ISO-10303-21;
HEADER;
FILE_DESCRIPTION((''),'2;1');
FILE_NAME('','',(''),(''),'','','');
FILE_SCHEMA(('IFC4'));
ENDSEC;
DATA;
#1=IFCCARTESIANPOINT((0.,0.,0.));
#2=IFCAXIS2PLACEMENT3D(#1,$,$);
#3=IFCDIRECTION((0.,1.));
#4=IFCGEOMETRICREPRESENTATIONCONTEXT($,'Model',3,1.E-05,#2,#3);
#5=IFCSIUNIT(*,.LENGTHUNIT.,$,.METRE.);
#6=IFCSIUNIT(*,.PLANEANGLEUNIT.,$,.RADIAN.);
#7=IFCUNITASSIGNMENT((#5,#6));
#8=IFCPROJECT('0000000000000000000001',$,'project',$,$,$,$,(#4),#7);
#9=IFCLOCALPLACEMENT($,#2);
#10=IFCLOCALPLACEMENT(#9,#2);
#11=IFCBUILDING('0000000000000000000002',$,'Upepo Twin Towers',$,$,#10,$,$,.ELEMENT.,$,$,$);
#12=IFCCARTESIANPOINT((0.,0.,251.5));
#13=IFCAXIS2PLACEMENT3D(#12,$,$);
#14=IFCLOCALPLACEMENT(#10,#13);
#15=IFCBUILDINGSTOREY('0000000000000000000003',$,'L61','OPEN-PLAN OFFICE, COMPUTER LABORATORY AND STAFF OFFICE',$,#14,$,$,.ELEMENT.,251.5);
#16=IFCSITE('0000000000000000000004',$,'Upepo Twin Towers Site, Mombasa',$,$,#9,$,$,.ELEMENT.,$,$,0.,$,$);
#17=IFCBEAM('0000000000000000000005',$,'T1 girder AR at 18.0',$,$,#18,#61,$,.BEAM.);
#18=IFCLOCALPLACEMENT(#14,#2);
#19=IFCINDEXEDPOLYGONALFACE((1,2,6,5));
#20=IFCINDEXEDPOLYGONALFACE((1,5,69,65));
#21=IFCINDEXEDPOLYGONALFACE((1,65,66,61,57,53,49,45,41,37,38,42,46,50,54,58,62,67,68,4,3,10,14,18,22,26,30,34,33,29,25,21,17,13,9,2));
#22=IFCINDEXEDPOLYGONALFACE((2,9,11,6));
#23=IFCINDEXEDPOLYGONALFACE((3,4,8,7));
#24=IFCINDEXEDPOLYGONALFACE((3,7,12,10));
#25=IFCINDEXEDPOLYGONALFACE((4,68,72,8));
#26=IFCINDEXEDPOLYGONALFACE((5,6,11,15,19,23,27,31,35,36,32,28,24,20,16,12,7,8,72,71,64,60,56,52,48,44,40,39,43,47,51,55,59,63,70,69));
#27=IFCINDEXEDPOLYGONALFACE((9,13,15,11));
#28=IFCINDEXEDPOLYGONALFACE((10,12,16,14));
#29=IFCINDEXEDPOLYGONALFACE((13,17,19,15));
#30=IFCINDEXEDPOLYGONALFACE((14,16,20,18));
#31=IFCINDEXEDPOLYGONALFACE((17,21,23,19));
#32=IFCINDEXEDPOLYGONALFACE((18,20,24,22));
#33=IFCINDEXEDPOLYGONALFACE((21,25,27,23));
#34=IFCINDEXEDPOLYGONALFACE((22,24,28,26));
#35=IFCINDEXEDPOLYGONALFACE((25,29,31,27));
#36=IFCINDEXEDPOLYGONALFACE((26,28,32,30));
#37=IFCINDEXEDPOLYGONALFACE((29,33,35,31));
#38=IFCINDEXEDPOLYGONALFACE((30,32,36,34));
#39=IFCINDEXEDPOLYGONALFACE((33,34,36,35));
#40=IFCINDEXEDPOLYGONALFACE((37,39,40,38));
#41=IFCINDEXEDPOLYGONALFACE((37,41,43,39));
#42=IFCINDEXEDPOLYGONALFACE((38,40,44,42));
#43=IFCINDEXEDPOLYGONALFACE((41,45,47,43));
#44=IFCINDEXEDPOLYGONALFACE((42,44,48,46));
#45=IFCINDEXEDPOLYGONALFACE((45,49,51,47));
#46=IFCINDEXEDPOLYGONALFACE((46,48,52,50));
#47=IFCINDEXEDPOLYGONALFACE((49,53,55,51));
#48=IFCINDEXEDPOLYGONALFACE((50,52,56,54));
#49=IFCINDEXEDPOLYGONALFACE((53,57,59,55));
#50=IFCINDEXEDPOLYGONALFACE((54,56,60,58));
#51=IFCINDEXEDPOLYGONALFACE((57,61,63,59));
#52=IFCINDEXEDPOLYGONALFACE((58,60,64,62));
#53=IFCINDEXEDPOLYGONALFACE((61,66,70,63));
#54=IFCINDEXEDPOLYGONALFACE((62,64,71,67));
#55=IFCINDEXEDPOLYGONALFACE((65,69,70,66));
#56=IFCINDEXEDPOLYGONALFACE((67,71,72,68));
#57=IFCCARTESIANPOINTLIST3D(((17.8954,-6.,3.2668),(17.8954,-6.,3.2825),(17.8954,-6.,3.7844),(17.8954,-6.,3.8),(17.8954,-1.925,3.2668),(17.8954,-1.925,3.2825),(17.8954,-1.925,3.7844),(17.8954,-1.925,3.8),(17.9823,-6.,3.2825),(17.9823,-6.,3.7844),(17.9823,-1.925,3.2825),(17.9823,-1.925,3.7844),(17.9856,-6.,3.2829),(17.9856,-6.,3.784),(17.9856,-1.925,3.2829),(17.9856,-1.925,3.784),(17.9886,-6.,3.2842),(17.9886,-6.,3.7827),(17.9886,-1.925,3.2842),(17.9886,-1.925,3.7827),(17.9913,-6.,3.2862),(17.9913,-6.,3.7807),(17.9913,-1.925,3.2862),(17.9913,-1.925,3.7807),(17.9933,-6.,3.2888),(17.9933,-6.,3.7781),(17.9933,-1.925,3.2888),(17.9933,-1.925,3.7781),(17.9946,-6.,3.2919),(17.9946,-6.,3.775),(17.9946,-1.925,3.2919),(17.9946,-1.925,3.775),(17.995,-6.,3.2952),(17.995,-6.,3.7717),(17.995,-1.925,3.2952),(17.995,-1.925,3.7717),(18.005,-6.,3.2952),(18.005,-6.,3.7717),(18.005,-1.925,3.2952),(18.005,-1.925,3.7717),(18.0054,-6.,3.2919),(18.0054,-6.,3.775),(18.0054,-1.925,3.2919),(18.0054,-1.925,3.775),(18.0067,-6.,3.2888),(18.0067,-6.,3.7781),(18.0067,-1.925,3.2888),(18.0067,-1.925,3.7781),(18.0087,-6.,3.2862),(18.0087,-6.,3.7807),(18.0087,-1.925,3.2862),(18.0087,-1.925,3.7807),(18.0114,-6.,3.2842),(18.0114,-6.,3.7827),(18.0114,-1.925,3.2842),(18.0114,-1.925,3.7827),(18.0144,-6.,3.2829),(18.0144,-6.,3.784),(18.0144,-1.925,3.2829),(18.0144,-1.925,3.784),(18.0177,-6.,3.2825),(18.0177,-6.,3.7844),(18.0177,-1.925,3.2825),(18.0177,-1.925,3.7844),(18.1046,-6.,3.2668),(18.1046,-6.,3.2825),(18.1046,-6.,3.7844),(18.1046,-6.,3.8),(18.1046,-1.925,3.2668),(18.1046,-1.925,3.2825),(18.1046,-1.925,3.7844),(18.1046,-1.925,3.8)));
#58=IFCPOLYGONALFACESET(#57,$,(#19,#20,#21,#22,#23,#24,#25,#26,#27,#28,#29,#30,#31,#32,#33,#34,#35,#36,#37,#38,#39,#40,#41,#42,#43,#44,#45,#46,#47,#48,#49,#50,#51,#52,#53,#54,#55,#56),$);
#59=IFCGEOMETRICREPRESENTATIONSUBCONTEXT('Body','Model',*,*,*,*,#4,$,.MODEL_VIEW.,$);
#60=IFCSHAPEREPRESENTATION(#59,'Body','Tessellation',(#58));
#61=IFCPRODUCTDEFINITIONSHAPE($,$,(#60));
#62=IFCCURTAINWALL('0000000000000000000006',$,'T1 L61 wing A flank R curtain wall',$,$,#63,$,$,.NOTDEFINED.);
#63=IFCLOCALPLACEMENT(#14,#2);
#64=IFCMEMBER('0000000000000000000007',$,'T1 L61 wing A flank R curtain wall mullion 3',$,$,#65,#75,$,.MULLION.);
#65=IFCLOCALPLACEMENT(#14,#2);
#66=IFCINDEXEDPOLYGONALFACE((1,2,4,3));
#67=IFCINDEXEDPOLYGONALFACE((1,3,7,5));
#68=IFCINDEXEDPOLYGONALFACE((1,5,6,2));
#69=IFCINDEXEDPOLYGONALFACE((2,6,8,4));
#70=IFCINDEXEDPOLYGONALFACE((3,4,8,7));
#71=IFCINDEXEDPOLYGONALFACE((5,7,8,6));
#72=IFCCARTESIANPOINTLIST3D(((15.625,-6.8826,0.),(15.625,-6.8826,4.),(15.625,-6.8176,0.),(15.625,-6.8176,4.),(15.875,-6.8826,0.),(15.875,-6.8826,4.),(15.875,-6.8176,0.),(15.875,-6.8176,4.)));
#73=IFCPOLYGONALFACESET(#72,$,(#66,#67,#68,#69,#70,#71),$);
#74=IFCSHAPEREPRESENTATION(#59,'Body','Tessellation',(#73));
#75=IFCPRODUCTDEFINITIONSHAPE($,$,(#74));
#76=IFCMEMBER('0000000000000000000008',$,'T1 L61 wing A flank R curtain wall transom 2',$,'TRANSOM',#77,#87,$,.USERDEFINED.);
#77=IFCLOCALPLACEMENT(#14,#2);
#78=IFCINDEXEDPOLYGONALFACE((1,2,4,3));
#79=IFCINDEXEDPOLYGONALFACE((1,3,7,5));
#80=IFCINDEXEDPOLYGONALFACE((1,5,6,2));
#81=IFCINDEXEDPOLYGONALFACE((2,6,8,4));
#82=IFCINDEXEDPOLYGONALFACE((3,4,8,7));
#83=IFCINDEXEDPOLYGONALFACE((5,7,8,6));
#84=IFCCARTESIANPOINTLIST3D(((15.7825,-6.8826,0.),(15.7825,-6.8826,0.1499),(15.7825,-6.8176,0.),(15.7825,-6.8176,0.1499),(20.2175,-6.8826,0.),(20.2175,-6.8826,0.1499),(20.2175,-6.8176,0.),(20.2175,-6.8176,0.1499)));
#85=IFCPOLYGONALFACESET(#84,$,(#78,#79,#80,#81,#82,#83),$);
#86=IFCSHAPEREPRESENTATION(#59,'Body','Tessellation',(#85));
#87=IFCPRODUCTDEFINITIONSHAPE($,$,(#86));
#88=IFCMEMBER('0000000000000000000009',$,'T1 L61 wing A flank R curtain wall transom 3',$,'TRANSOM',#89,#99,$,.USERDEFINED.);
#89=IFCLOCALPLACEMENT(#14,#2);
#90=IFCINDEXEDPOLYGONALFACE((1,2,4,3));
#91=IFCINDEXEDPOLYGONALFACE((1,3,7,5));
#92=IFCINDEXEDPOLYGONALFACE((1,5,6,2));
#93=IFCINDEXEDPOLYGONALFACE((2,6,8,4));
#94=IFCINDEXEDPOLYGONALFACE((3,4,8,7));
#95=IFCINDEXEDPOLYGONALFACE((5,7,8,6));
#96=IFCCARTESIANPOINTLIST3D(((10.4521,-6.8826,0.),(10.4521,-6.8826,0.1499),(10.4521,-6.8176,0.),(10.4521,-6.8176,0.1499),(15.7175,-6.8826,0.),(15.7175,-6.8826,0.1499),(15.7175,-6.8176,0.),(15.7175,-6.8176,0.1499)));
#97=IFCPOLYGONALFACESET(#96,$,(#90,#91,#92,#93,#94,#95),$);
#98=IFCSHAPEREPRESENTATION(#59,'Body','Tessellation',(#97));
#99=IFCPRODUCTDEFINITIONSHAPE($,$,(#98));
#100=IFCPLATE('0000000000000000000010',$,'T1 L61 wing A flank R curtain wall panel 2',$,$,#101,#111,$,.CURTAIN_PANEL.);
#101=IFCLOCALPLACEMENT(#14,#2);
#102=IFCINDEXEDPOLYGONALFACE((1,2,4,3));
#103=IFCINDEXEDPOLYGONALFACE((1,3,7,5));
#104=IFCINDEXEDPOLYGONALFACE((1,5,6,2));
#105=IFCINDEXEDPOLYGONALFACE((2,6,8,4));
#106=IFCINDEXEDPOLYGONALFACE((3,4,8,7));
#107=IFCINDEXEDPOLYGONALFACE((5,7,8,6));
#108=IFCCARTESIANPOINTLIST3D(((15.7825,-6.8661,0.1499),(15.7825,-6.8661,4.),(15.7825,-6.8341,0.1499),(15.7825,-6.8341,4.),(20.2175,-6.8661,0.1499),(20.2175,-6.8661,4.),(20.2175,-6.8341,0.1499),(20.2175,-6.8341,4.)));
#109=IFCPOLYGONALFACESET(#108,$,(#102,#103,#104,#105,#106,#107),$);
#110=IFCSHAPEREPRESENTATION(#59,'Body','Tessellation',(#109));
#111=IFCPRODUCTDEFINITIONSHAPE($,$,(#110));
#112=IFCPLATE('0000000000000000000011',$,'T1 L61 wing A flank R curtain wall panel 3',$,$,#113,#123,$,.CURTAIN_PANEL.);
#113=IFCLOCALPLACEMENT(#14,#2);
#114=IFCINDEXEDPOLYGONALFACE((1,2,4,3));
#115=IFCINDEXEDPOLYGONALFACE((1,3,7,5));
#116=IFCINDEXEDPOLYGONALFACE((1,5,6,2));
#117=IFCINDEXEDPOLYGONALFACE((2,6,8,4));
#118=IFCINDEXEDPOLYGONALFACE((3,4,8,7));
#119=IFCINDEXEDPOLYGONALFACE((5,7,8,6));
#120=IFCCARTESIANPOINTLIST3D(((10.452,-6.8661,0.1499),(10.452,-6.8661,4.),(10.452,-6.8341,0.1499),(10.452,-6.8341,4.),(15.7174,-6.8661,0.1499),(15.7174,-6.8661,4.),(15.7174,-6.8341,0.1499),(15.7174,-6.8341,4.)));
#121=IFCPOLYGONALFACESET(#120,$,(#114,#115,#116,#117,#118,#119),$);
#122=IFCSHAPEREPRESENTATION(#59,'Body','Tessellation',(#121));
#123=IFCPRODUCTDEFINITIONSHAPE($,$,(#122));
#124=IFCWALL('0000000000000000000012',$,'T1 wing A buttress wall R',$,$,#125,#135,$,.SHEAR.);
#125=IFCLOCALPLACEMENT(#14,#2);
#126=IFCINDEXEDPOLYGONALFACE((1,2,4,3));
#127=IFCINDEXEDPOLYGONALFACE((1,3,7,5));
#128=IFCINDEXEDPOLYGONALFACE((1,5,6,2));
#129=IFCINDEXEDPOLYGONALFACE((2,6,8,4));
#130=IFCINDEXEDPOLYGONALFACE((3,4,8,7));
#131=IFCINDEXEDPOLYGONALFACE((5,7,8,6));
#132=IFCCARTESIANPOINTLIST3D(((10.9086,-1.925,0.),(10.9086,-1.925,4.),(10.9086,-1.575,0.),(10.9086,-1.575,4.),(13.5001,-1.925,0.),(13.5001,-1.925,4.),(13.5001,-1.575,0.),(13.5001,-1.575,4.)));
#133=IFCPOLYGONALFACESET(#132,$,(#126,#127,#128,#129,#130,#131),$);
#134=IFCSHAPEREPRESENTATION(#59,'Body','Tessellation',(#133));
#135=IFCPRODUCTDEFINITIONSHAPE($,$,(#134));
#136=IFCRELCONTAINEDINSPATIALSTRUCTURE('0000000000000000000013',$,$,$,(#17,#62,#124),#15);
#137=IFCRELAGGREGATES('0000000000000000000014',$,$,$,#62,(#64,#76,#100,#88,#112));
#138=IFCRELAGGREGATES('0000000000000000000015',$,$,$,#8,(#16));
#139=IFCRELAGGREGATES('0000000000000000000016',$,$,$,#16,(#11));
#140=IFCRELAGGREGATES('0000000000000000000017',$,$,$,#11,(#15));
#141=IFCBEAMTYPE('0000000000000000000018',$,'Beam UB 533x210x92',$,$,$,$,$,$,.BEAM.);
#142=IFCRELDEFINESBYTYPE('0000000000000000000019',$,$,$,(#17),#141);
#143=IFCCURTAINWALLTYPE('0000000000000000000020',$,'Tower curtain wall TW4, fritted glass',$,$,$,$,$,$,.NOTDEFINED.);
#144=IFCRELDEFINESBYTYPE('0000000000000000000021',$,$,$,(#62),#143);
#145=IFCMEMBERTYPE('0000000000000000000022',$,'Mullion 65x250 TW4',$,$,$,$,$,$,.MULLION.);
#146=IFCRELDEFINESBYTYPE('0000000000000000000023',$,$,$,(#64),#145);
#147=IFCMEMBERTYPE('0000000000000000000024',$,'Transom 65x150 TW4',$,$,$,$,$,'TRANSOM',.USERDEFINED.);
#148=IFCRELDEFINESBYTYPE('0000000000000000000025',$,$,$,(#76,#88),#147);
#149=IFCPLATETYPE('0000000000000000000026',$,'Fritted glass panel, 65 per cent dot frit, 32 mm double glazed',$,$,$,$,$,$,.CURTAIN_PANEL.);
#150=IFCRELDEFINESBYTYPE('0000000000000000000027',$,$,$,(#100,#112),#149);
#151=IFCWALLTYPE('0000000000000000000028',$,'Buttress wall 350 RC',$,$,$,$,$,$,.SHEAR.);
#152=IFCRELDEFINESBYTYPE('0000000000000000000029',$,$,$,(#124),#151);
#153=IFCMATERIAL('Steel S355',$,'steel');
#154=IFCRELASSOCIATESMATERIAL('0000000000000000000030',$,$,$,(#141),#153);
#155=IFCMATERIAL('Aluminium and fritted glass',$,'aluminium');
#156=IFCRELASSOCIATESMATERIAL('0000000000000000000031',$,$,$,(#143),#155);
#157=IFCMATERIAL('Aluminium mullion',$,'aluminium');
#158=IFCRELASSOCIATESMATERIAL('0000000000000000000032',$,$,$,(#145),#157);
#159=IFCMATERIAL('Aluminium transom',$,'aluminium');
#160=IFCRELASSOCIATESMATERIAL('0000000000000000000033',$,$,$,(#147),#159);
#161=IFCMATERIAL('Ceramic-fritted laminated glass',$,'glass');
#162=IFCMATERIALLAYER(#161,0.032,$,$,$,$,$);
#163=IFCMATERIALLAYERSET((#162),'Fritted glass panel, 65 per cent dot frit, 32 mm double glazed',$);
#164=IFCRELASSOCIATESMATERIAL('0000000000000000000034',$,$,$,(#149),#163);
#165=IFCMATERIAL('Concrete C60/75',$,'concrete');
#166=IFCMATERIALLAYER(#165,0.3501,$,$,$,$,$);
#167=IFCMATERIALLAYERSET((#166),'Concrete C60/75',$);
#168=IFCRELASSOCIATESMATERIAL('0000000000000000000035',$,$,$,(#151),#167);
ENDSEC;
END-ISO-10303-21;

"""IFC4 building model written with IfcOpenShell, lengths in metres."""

from ifc_helpers import new_model, si_unit, direction, frame, frame_2d, origin, origin_2d, place, context, subcontext, project, spatial, rectangle, i_section, extrude, material, layer, layer_set, material_profile, profile_set, type_object, element, aggregate, save


model = new_model("IFC4")

# Units and contexts
model_context = context("Model", 3, precision=1e-05, world=origin(), true_north=direction((0.0, 1.0)))
body_context = subcontext(model_context, "Body", "Model", "MODEL_VIEW")
ifc_project = project(units=[si_unit("LENGTHUNIT", "METRE"), si_unit("PLANEANGLEUNIT", "RADIAN")], contexts=[model_context])

# Site, building, storey
site_placement = place(None, origin())
site = spatial("IfcSite", under=ifc_project, at=site_placement, Name="Upepo Twin Towers Site, Mombasa", CompositionType="ELEMENT", RefElevation=0.0)
building_placement = place(site_placement, origin())
building = spatial("IfcBuilding", under=site, at=building_placement, Name="Upepo Twin Towers", CompositionType="ELEMENT")
storey_placement = place(building_placement, frame((0.0, 0.0, 251.5)))
storey = spatial("IfcBuildingStorey", under=building, at=storey_placement, Name="L61", Description="OPEN-PLAN OFFICE, COMPUTER LABORATORY AND STAFF OFFICE", CompositionType="ELEMENT", Elevation=251.5)

# Beam
ifc_material_1 = material(Name="Steel S355", Category="steel")
ifc_material_profile_1 = material_profile(ifc_material_1, i_section(OverallWidth=0.2092, OverallDepth=0.5332, WebThickness=0.01, FlangeThickness=0.0156, FilletRadius=0.0127, at=origin_2d()), Name="UB 533x210x92")
ifc_profile_set_1 = profile_set([ifc_material_profile_1], Name="Steel S355")
beam_type_1 = type_object("IfcBeamType", Name="Beam UB 533x210x92", PredefinedType="BEAM", material=ifc_profile_set_1)
for number, where, z_axis, x_axis, name in (
    (1, (18.0, -6.0, 3.5334), (0.0, 1.0, 0.0), (-1.0, 0.0, 0.0), "T1 girder AR at 18.0"),
):
    element("IfcBeam", number, at=place(storey_placement, frame(where, z_axis=z_axis, x_axis=x_axis)), inside=storey, type_object=beam_type_1, Name=name, PredefinedType="BEAM", context=body_context, shape_type="SweptSolid", body=[
        extrude(i_section(OverallWidth=0.2092, OverallDepth=0.5332, WebThickness=0.01, FlangeThickness=0.0156, FilletRadius=0.0127, at=origin_2d()), origin(), (0.0, 0.0, 1.0), 4.075),
    ])

# Curtain wall, members, plates
ifc_material_2 = material(Name="Aluminium and fritted glass", Category="aluminium")
curtain_wall_type = type_object("IfcCurtainWallType", Name="Tower curtain wall TW4, fritted glass", PredefinedType="NOTDEFINED", material=ifc_material_2)
curtain_wall_placement = place(storey_placement, origin())
curtain_wall = element("IfcCurtainWall", 2, at=curtain_wall_placement, inside=storey, type_object=curtain_wall_type, Name="T1 L61 wing A flank R curtain wall", PredefinedType="NOTDEFINED")
ifc_material_3 = material(Name="Aluminium mullion", Category="aluminium")
ifc_material_profile_2 = material_profile(ifc_material_3, rectangle(XDim=0.0649, YDim=0.25, at=origin_2d()), Name="MULLION 65x250")
ifc_profile_set_2 = profile_set([ifc_material_profile_2], Name="Aluminium mullion")
member_type_1 = type_object("IfcMemberType", Name="Mullion 65x250 TW4", PredefinedType="MULLION", material=ifc_profile_set_2)
member_1_placement = place(storey_placement, frame((15.75, -6.8501, 0.0), z_axis=(0.0, 0.0, 1.0), x_axis=(0.0, -1.0, 0.0)))
member_1 = element("IfcMember", 3, at=member_1_placement, type_object=member_type_1, Name="T1 L61 wing A flank R curtain wall mullion 3", PredefinedType="MULLION", context=body_context, shape_type="SweptSolid", body=[
    extrude(rectangle(XDim=0.0649, YDim=0.25, at=origin_2d()), origin(), (0.0, 0.0, 1.0), 4.0),
])
ifc_material_4 = material(Name="Aluminium transom", Category="aluminium")
ifc_material_profile_3 = material_profile(ifc_material_4, rectangle(XDim=0.0649, YDim=0.1499, at=origin_2d()), Name="TRANSOM 65x150")
ifc_profile_set_3 = profile_set([ifc_material_profile_3], Name="Aluminium transom")
member_type_2 = type_object("IfcMemberType", Name="Transom 65x150 TW4", ElementType="TRANSOM", PredefinedType="USERDEFINED", material=ifc_profile_set_3)
member_2_placement = place(storey_placement, frame((20.2175, -6.8501, 0.075), z_axis=(-1.0, 0.0, 0.0), x_axis=(0.0, -1.0, 0.0)))
member_2 = element("IfcMember", 4, at=member_2_placement, type_object=member_type_2, Name="T1 L61 wing A flank R curtain wall transom 2", ObjectType="TRANSOM", PredefinedType="USERDEFINED", context=body_context, shape_type="SweptSolid", body=[
    extrude(rectangle(XDim=0.0649, YDim=0.1499, at=origin_2d()), origin(), (0.0, 0.0, 1.0), 4.4351),
])
member_3_placement = place(storey_placement, frame((15.7175, -6.8501, 0.075), z_axis=(-1.0, 0.0, 0.0), x_axis=(0.0, -1.0, 0.0)))
member_3 = element("IfcMember", 5, at=member_3_placement, type_object=member_type_2, Name="T1 L61 wing A flank R curtain wall transom 3", ObjectType="TRANSOM", PredefinedType="USERDEFINED", context=body_context, shape_type="SweptSolid", body=[
    extrude(rectangle(XDim=0.0649, YDim=0.1499, at=origin_2d()), origin(), (0.0, 0.0, 1.0), 5.2654),
])
ifc_material_5 = material(Name="Ceramic-fritted laminated glass", Category="glass")
ifc_layer_1 = layer(ifc_material_5, 0.032)
ifc_layer_set_1 = layer_set([ifc_layer_1], Name="Fritted glass panel, 65 per cent dot frit, 32 mm double glazed")
plate_type = type_object("IfcPlateType", Name="Fritted glass panel, 65 per cent dot frit, 32 mm double glazed", PredefinedType="CURTAIN_PANEL", material=ifc_layer_set_1)
plate_1_placement = place(storey_placement, frame((18.0, -6.8501, 0.1499), z_axis=(0.0, 0.0, 1.0), x_axis=(-1.0, 0.0, 0.0)))
plate_1 = element("IfcPlate", 6, at=plate_1_placement, type_object=plate_type, Name="T1 L61 wing A flank R curtain wall panel 2", PredefinedType="CURTAIN_PANEL", context=body_context, shape_type="SweptSolid", body=[
    extrude(rectangle(XDim=4.4351, YDim=0.032, at=origin_2d()), origin(), (0.0, 0.0, 1.0), 3.8501),
])
plate_2_placement = place(storey_placement, frame((13.0847, -6.8501, 0.1499), z_axis=(0.0, 0.0, 1.0), x_axis=(-1.0, 0.0, 0.0)))
plate_2 = element("IfcPlate", 7, at=plate_2_placement, type_object=plate_type, Name="T1 L61 wing A flank R curtain wall panel 3", PredefinedType="CURTAIN_PANEL", context=body_context, shape_type="SweptSolid", body=[
    extrude(rectangle(XDim=5.2654, YDim=0.032, at=origin_2d()), origin(), (0.0, 0.0, 1.0), 3.8501),
])
aggregate(curtain_wall, [member_1, member_2, plate_1, member_3, plate_2])

# Wall
ifc_material_6 = material(Name="Concrete C60/75", Category="concrete")
ifc_layer_2 = layer(ifc_material_6, 0.3501)
ifc_layer_set_2 = layer_set([ifc_layer_2], Name="Concrete C60/75")
wall_type_1 = type_object("IfcWallType", Name="Buttress wall 350 RC", PredefinedType="SHEAR", material=ifc_layer_set_2)
wall_1_placement = place(storey_placement, frame((10.9084, -1.75, 0.0), z_axis=(0.0, 0.0, 1.0), x_axis=(1.0, 0.0, 0.0)))
element("IfcWall", 8, at=wall_1_placement, inside=storey, type_object=wall_type_1, Name="T1 wing A buttress wall R", PredefinedType="SHEAR", context=body_context, shape_type="SweptSolid", body=[
    extrude(rectangle(XDim=2.5916, YDim=0.3501, at=frame_2d((1.2959, 0.0))), origin(), (0.0, 0.0, 1.0), 4.0),
])

save(model, "model.ifc")
